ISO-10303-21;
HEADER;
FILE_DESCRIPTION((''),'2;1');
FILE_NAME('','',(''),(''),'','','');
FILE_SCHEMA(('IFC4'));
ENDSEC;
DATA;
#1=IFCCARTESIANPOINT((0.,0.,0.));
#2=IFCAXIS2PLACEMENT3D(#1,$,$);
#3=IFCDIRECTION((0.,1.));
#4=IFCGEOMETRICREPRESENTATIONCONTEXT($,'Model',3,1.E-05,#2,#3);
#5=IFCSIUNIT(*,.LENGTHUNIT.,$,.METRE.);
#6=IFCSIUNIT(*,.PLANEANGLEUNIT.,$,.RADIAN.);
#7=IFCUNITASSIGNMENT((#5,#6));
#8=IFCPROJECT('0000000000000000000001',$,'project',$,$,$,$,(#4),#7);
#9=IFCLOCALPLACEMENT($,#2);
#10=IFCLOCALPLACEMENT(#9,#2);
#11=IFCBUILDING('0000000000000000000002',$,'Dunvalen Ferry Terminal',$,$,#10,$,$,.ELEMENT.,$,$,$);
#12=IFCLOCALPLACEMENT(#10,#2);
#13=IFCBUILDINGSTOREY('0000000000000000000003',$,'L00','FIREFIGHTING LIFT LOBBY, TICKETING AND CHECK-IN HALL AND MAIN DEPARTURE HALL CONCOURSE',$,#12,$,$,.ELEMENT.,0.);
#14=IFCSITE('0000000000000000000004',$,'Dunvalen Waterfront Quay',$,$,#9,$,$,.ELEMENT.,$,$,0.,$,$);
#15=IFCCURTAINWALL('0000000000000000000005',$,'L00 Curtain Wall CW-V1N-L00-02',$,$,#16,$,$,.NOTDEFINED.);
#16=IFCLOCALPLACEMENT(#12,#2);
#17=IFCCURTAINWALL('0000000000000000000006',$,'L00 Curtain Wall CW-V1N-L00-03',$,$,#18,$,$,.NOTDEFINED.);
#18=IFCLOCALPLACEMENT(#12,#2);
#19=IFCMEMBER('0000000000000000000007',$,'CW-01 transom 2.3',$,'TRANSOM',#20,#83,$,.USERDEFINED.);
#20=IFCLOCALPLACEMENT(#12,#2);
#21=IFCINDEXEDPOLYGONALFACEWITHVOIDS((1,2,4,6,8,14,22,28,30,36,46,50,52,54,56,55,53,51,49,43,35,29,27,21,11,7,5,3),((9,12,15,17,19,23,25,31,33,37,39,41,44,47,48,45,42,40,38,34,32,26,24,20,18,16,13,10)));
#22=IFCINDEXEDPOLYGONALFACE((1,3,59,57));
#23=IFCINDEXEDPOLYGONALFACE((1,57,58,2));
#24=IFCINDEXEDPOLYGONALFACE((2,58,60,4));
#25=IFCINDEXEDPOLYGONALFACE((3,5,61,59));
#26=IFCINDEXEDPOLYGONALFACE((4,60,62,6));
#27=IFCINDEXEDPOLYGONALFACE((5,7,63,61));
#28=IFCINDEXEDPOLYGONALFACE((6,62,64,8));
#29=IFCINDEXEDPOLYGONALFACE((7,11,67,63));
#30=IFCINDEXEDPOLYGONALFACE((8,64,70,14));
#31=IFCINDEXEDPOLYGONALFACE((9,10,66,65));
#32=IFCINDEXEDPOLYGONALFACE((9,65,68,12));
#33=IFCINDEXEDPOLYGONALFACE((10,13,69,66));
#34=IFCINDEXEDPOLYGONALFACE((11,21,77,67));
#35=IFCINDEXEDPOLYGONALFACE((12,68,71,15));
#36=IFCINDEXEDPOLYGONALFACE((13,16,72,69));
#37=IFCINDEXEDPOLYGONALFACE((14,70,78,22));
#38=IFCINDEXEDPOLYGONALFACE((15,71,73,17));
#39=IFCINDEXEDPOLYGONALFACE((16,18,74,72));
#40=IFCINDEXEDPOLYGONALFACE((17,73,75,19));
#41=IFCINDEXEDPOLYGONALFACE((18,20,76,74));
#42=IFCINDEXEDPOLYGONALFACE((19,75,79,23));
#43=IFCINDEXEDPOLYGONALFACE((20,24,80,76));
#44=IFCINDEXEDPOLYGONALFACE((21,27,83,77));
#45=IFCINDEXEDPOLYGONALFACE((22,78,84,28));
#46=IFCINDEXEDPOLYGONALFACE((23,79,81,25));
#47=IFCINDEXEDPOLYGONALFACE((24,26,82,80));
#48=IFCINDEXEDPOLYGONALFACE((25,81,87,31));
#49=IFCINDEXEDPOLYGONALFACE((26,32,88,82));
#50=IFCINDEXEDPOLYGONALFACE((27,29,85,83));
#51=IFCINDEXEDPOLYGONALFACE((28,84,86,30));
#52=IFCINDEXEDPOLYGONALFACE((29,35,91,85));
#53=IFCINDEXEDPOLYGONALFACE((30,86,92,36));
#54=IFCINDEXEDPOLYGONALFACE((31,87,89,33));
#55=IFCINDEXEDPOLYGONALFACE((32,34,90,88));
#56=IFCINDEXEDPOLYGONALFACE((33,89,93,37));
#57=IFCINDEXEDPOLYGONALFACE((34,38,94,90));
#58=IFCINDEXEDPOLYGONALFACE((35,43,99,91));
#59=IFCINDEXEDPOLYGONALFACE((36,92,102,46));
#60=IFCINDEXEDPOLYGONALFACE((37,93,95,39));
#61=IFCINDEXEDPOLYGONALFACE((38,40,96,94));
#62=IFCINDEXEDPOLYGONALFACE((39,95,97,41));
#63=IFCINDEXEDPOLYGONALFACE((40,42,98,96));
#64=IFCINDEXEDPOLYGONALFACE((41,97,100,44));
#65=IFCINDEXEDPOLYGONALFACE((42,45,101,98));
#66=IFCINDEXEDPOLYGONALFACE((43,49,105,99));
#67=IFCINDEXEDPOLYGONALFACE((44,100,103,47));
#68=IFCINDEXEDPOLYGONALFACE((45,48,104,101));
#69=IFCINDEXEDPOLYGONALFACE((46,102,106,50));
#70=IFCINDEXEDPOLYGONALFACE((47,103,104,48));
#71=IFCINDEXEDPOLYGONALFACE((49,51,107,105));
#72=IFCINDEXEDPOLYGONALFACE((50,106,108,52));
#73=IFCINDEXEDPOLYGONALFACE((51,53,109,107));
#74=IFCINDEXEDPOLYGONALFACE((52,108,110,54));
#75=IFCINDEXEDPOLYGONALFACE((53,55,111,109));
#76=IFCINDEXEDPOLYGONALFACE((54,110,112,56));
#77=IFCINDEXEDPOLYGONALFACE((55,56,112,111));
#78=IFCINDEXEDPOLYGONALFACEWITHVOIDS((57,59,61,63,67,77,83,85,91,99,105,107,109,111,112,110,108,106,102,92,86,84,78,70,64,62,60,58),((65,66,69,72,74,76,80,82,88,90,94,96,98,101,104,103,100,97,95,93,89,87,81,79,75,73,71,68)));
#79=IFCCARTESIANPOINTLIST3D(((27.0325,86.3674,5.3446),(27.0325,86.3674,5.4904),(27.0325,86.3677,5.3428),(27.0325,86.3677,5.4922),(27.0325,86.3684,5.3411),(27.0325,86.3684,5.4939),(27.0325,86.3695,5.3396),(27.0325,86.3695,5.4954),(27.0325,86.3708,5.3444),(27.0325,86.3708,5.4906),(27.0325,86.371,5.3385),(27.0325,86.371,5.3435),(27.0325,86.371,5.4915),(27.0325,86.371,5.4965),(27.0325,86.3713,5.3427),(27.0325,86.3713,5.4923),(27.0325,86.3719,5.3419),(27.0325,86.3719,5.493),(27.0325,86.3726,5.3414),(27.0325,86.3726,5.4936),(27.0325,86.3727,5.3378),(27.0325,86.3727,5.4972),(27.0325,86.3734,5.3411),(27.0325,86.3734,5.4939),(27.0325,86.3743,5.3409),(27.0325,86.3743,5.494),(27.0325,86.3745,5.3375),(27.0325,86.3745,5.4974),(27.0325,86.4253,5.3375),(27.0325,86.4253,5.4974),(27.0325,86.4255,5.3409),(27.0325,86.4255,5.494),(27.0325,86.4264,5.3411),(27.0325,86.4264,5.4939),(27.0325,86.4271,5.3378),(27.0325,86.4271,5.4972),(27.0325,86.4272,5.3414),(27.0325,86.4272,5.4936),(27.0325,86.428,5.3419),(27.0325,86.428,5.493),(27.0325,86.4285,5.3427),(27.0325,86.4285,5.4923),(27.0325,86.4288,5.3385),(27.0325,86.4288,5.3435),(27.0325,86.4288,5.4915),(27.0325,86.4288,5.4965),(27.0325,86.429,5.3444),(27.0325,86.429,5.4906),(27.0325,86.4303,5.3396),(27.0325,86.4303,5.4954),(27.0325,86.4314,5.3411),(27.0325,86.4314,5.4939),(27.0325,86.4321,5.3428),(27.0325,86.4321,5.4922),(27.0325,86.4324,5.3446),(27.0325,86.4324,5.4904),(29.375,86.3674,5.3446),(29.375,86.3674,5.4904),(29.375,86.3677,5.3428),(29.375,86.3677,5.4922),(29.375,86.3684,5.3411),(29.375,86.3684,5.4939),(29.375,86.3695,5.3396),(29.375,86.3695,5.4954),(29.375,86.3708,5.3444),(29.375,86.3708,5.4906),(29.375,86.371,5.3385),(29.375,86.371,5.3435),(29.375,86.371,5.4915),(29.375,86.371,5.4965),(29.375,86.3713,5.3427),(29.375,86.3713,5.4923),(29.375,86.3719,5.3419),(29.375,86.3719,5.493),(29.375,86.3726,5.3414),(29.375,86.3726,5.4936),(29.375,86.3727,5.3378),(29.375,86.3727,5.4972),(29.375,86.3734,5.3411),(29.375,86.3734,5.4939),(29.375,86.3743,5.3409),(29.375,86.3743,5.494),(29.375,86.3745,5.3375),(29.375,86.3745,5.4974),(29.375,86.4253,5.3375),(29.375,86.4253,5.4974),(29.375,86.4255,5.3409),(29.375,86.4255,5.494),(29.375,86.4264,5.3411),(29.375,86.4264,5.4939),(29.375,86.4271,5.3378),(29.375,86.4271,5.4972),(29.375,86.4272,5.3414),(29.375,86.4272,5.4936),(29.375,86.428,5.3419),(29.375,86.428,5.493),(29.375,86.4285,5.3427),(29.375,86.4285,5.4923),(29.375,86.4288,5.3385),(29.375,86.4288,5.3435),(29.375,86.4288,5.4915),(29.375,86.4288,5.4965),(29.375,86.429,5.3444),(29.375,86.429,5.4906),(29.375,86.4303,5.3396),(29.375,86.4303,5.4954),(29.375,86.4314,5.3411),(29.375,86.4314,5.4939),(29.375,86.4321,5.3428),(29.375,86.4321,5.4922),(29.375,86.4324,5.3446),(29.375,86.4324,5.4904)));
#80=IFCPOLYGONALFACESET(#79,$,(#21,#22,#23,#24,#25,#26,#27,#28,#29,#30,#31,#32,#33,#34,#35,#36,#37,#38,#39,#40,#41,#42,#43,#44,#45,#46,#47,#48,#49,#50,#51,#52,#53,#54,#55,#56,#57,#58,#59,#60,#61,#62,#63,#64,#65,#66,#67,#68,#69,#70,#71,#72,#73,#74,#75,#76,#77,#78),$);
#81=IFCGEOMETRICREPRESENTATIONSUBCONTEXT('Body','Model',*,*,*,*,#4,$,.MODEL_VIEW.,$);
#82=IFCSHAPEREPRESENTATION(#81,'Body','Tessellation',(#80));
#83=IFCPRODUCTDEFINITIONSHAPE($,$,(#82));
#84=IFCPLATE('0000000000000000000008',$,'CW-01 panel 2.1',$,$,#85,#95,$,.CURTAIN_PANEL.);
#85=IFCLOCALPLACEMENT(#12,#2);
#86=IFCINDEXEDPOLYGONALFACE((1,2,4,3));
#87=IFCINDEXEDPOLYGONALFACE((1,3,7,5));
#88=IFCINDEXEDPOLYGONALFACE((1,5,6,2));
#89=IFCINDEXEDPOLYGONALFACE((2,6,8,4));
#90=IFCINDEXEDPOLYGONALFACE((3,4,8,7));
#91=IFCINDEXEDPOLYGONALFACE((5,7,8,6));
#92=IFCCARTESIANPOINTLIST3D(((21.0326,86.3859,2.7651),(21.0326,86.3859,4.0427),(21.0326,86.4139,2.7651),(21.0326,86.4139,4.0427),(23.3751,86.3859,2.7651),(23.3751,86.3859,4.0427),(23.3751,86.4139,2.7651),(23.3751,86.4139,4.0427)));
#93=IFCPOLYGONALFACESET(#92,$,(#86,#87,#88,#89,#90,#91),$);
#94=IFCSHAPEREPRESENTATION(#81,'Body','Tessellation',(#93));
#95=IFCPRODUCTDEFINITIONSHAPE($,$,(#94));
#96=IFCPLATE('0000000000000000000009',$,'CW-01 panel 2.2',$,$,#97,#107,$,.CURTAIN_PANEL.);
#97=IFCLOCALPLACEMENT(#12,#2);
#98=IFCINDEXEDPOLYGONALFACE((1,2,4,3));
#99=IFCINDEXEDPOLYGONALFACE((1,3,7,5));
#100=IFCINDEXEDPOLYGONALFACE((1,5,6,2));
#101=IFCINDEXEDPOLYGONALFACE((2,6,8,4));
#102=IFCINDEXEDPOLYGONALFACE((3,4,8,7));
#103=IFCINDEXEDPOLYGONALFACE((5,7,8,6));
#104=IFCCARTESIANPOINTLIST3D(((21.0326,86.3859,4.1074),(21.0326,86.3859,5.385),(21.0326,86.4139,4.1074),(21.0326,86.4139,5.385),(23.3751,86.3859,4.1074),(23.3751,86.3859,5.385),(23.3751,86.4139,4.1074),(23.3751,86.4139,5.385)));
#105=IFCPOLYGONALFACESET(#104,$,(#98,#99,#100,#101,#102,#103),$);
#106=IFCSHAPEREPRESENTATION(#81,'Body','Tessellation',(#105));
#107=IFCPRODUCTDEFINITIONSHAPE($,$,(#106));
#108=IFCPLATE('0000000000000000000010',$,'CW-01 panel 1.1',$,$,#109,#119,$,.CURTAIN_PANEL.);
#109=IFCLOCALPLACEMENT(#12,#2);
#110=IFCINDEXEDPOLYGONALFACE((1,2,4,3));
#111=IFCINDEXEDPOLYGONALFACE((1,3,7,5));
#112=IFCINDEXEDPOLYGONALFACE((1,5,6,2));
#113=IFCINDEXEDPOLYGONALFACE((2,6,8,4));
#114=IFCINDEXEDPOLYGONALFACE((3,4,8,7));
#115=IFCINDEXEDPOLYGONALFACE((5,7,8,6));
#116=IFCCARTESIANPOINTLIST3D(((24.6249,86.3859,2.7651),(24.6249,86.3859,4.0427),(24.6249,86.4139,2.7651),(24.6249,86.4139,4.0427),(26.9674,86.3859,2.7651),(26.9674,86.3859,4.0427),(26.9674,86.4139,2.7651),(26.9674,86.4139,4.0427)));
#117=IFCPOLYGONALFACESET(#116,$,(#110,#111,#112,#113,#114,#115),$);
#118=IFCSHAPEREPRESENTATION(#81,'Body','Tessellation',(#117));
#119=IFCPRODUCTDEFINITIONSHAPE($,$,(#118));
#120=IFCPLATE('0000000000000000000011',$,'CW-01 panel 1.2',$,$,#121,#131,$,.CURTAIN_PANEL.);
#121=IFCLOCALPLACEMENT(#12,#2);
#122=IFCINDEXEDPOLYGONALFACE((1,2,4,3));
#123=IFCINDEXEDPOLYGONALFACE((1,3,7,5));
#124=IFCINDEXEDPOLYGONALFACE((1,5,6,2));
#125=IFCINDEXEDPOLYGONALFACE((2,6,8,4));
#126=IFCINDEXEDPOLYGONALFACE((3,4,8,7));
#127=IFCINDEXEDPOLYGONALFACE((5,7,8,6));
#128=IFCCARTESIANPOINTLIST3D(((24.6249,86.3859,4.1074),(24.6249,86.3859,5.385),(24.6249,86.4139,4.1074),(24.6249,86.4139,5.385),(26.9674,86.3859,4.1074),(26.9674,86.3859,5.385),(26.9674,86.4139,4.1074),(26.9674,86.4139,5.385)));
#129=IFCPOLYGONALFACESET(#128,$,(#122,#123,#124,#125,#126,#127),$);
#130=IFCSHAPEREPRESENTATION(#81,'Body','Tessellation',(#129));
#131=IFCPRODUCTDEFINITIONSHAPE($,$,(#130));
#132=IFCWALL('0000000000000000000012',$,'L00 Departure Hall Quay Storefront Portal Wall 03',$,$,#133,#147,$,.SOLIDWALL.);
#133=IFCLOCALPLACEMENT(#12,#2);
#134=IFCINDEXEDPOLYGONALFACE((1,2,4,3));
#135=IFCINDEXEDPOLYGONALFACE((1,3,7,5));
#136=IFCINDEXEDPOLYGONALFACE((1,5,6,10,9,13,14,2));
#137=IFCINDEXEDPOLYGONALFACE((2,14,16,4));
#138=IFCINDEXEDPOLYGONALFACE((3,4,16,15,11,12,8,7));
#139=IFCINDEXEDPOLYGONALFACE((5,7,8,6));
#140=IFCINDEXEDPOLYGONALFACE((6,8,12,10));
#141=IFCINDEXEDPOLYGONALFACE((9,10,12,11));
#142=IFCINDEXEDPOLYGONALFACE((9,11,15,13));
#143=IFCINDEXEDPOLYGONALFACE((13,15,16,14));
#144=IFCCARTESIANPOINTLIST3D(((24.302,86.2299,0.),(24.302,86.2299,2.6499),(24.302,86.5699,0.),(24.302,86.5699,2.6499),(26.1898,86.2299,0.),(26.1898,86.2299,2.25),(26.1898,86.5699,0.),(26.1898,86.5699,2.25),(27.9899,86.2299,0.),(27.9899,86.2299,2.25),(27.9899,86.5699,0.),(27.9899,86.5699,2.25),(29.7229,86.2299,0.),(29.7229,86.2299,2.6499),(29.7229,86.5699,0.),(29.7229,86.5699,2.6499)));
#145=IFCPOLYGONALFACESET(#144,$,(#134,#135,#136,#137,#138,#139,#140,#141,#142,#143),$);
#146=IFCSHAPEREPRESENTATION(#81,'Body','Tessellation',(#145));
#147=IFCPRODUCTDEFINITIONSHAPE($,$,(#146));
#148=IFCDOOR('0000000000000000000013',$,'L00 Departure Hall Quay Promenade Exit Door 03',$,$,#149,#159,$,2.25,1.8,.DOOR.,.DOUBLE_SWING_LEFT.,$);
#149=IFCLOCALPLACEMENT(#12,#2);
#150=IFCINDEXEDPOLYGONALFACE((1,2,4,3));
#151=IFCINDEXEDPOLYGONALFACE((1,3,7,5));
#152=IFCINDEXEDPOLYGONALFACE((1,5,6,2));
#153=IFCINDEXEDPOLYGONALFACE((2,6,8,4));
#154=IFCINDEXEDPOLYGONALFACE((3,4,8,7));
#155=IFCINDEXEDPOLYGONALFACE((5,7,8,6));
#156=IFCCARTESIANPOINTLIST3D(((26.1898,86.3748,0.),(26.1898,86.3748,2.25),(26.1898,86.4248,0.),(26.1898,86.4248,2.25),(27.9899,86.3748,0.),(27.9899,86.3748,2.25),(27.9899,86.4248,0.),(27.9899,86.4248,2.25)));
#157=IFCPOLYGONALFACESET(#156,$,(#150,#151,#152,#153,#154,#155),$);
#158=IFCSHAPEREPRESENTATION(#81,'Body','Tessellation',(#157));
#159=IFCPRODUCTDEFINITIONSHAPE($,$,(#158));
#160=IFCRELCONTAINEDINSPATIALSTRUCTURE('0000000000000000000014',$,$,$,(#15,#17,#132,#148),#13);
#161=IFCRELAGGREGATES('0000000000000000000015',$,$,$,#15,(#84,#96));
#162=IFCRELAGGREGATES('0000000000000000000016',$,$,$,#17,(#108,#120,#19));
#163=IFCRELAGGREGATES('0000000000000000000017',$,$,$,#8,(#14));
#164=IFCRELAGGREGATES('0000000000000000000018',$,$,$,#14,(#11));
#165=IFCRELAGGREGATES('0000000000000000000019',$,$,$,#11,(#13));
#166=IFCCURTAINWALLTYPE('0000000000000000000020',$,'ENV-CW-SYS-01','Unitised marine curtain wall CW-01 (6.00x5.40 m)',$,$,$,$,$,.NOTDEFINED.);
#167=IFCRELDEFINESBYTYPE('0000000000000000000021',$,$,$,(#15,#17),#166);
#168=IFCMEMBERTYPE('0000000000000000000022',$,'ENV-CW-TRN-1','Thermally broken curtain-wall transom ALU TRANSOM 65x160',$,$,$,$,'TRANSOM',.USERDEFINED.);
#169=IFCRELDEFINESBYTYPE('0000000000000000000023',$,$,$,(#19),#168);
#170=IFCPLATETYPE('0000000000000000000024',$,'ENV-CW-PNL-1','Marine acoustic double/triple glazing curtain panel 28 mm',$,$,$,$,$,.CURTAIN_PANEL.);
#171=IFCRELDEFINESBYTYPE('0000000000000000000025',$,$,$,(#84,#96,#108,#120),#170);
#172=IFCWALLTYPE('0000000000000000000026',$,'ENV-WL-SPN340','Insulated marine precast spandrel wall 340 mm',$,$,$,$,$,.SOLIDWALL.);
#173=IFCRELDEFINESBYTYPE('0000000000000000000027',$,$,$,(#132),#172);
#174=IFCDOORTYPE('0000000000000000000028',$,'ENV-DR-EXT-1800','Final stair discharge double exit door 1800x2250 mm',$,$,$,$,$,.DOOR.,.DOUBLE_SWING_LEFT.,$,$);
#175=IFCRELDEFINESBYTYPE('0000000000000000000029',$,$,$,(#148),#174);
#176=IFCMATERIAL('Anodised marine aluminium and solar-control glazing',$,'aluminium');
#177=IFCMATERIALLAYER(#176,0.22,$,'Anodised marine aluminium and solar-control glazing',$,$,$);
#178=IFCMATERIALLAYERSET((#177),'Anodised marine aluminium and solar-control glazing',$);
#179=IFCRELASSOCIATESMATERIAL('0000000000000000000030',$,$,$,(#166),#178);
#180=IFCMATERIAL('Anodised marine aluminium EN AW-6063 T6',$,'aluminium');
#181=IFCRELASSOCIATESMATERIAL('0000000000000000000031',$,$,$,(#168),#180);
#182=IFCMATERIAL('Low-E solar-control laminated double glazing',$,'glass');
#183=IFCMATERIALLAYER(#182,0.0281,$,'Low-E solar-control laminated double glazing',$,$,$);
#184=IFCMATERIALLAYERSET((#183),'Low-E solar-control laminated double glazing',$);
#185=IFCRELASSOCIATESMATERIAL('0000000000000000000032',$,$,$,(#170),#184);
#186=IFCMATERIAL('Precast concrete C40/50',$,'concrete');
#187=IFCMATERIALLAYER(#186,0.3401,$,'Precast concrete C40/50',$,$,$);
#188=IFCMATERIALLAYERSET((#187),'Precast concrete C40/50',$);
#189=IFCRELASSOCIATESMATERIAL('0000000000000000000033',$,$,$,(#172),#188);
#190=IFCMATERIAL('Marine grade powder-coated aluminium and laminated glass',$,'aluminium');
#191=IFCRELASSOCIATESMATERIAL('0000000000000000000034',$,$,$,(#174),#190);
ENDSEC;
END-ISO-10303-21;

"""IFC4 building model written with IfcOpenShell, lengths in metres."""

from ifc_helpers import new_model, si_unit, direction, frame, frame_2d, origin, origin_2d, place, context, subcontext, project, spatial, rectangle, hollow_rectangle, extrude, material, layer, layer_set, material_profile, profile_set, type_object, element, fill, aggregate, save


model = new_model("IFC4")

# Units and contexts
model_context = context("Model", 3, precision=1e-05, world=origin(), true_north=direction((0.0, 1.0)))
body_context = subcontext(model_context, "Body", "Model", "MODEL_VIEW")
ifc_project = project(units=[si_unit("LENGTHUNIT", "METRE"), si_unit("PLANEANGLEUNIT", "RADIAN")], contexts=[model_context])

# Site, building, storey
site_placement = place(None, origin())
site = spatial("IfcSite", under=ifc_project, at=site_placement, Name="Dunvalen Waterfront Quay", CompositionType="ELEMENT", RefElevation=0.0)
building_placement = place(site_placement, origin())
building = spatial("IfcBuilding", under=site, at=building_placement, Name="Dunvalen Ferry Terminal", CompositionType="ELEMENT")
storey_placement = place(building_placement, origin())
storey = spatial("IfcBuildingStorey", under=building, at=storey_placement, Name="L00", Description="FIREFIGHTING LIFT LOBBY, TICKETING AND CHECK-IN HALL AND MAIN DEPARTURE HALL CONCOURSE", CompositionType="ELEMENT", Elevation=0.0)

# Curtain wall
ifc_material_1 = material(Name="Anodised marine aluminium and solar-control glazing", Category="aluminium")
ifc_layer_1 = layer(ifc_material_1, 0.22, Name="Anodised marine aluminium and solar-control glazing")
ifc_layer_set_1 = layer_set([ifc_layer_1], Name="Anodised marine aluminium and solar-control glazing")
curtain_wall_type = type_object("IfcCurtainWallType", Name="ENV-CW-SYS-01", Description="Unitised marine curtain wall CW-01 (6.00x5.40 m)", PredefinedType="NOTDEFINED", material=ifc_layer_set_1)
curtain_wall_1_placement = place(storey_placement, origin())
curtain_wall_1 = element("IfcCurtainWall", 1, at=curtain_wall_1_placement, inside=storey, type_object=curtain_wall_type, Name="L00 Curtain Wall CW-V1N-L00-02", PredefinedType="NOTDEFINED")
ifc_material_2 = material(Name="Anodised marine aluminium EN AW-6063 T6", Category="aluminium")

# Curtain wall
curtain_wall_2_placement = place(storey_placement, origin())
curtain_wall_2 = element("IfcCurtainWall", 2, at=curtain_wall_2_placement, inside=storey, type_object=curtain_wall_type, Name="L00 Curtain Wall CW-V1N-L00-03", PredefinedType="NOTDEFINED")

# Member
ifc_material_profile_1 = material_profile(ifc_material_2, hollow_rectangle(XDim=0.0649, YDim=0.1599, WallThickness=0.0034, InnerFilletRadius=0.0034, OuterFilletRadius=0.0071, at=origin_2d()), Name="Anodised marine aluminium EN AW-6063 T6")
ifc_profile_set_1 = profile_set([ifc_material_profile_1], Name="Anodised marine aluminium EN AW-6063 T6")
member_type_1 = type_object("IfcMemberType", Name="ENV-CW-TRN-1", Description="Thermally broken curtain-wall transom ALU TRANSOM 65x160", ElementType="TRANSOM", PredefinedType="USERDEFINED", material=ifc_profile_set_1)
member_1_placement = place(storey_placement, frame((27.0325, 86.3999, 5.4175), z_axis=(1.0, 0.0, 0.0), x_axis=(0.0, 1.0, 0.0)))
member_1 = element("IfcMember", 3, at=member_1_placement, type_object=member_type_1, Name="CW-01 transom 2.3", ObjectType="TRANSOM", PredefinedType="USERDEFINED", context=body_context, shape_type="SweptSolid", body=[
    extrude(hollow_rectangle(XDim=0.0649, YDim=0.1599, WallThickness=0.0034, InnerFilletRadius=0.0034, OuterFilletRadius=0.0071, at=origin_2d()), origin(), (0.0, 0.0, 1.0), 2.3425),
])

# Plates
ifc_material_3 = material(Name="Low-E solar-control laminated double glazing", Category="glass")
ifc_layer_2 = layer(ifc_material_3, 0.0281, Name="Low-E solar-control laminated double glazing")
ifc_layer_set_2 = layer_set([ifc_layer_2], Name="Low-E solar-control laminated double glazing")
plate_type = type_object("IfcPlateType", Name="ENV-CW-PNL-1", Description="Marine acoustic double/triple glazing curtain panel 28 mm", PredefinedType="CURTAIN_PANEL", material=ifc_layer_set_2)
plate_1_placement = place(storey_placement, frame((22.2039, 86.3999, 2.7651), z_axis=(0.0, 0.0, 1.0), x_axis=(1.0, 0.0, 0.0)))
plate_1 = element("IfcPlate", 4, at=plate_1_placement, type_object=plate_type, Name="CW-01 panel 2.1", PredefinedType="CURTAIN_PANEL", context=body_context, shape_type="SweptSolid", body=[
    extrude(rectangle(XDim=2.3425, YDim=0.0281, at=origin_2d()), origin(), (0.0, 0.0, 1.0), 1.2776),
])
plate_2_placement = place(storey_placement, frame((22.2039, 86.3999, 4.1074), z_axis=(0.0, 0.0, 1.0), x_axis=(1.0, 0.0, 0.0)))
plate_2 = element("IfcPlate", 5, at=plate_2_placement, type_object=plate_type, Name="CW-01 panel 2.2", PredefinedType="CURTAIN_PANEL", context=body_context, shape_type="SweptSolid", body=[
    extrude(rectangle(XDim=2.3425, YDim=0.0281, at=origin_2d()), origin(), (0.0, 0.0, 1.0), 1.2776),
])
aggregate(curtain_wall_1, [plate_1, plate_2])
plate_3_placement = place(storey_placement, frame((25.7961, 86.3999, 2.7651), z_axis=(0.0, 0.0, 1.0), x_axis=(1.0, 0.0, 0.0)))
plate_3 = element("IfcPlate", 6, at=plate_3_placement, type_object=plate_type, Name="CW-01 panel 1.1", PredefinedType="CURTAIN_PANEL", context=body_context, shape_type="SweptSolid", body=[
    extrude(rectangle(XDim=2.3425, YDim=0.0281, at=origin_2d()), origin(), (0.0, 0.0, 1.0), 1.2776),
])
plate_4_placement = place(storey_placement, frame((25.7961, 86.3999, 4.1074), z_axis=(0.0, 0.0, 1.0), x_axis=(1.0, 0.0, 0.0)))
plate_4 = element("IfcPlate", 7, at=plate_4_placement, type_object=plate_type, Name="CW-01 panel 1.2", PredefinedType="CURTAIN_PANEL", context=body_context, shape_type="SweptSolid", body=[
    extrude(rectangle(XDim=2.3425, YDim=0.0281, at=origin_2d()), origin(), (0.0, 0.0, 1.0), 1.2776),
])
aggregate(curtain_wall_2, [plate_3, plate_4, member_1])

# Wall, opening, door
ifc_material_4 = material(Name="Precast concrete C40/50", Category="concrete")
ifc_layer_3 = layer(ifc_material_4, 0.3401, Name="Precast concrete C40/50")
ifc_layer_set_3 = layer_set([ifc_layer_3], Name="Precast concrete C40/50")
wall_type = type_object("IfcWallType", Name="ENV-WL-SPN340", Description="Insulated marine precast spandrel wall 340 mm", PredefinedType="SOLIDWALL", material=ifc_layer_set_3)
wall_placement = place(storey_placement, frame((24.302, 86.3999, 0.0), z_axis=(0.0, 0.0, 1.0), x_axis=(1.0, 0.0, 0.0)))
wall = element("IfcWall", 8, at=wall_placement, inside=storey, type_object=wall_type, Name="L00 Departure Hall Quay Storefront Portal Wall 03", PredefinedType="SOLIDWALL", context=body_context, shape_type="SweptSolid", body=[
    extrude(rectangle(XDim=5.4209, YDim=0.3401, at=frame_2d((2.7104, 0.0))), origin(), (0.0, 0.0, 1.0), 2.6499),
])
opening_placement = place(wall_placement, frame((1.8879, 0.0, 0.0)))
opening = element("IfcOpeningElement", 9, at=opening_placement, cuts=wall, PredefinedType="OPENING", context=body_context, shape_type="SweptSolid", body=[
    extrude(rectangle(XDim=1.8, YDim=2.25, at=frame_2d((0.8999, 1.125))), frame((0.0, 0.1802, 0.0), z_axis=(0.0, -1.0, 0.0), x_axis=(1.0, 0.0, 0.0)), (0.0, 0.0, 1.0), 0.3601),
])
ifc_material_5 = material(Name="Marine grade powder-coated aluminium and laminated glass", Category="aluminium")
door_type = type_object("IfcDoorType", Name="ENV-DR-EXT-1800", Description="Final stair discharge double exit door 1800x2250 mm", OperationType="DOUBLE_SWING_LEFT", PredefinedType="DOOR", material=ifc_material_5)
door_placement = place(opening_placement, origin())
door = element("IfcDoor", 10, at=door_placement, inside=storey, type_object=door_type, Name="L00 Departure Hall Quay Promenade Exit Door 03", OperationType="DOUBLE_SWING_LEFT", OverallHeight=2.25, OverallWidth=1.8, PredefinedType="DOOR", context=body_context, shape_type="SweptSolid", body=[
    extrude(rectangle(XDim=1.8, YDim=2.25, at=frame_2d((0.8999, 1.125))), frame((0.0, 0.0249, 0.0), z_axis=(0.0, -1.0, 0.0), x_axis=(1.0, 0.0, 0.0)), (0.0, 0.0, 1.0), 0.05),
])
fill(opening, door)

save(model, "model.ifc")
